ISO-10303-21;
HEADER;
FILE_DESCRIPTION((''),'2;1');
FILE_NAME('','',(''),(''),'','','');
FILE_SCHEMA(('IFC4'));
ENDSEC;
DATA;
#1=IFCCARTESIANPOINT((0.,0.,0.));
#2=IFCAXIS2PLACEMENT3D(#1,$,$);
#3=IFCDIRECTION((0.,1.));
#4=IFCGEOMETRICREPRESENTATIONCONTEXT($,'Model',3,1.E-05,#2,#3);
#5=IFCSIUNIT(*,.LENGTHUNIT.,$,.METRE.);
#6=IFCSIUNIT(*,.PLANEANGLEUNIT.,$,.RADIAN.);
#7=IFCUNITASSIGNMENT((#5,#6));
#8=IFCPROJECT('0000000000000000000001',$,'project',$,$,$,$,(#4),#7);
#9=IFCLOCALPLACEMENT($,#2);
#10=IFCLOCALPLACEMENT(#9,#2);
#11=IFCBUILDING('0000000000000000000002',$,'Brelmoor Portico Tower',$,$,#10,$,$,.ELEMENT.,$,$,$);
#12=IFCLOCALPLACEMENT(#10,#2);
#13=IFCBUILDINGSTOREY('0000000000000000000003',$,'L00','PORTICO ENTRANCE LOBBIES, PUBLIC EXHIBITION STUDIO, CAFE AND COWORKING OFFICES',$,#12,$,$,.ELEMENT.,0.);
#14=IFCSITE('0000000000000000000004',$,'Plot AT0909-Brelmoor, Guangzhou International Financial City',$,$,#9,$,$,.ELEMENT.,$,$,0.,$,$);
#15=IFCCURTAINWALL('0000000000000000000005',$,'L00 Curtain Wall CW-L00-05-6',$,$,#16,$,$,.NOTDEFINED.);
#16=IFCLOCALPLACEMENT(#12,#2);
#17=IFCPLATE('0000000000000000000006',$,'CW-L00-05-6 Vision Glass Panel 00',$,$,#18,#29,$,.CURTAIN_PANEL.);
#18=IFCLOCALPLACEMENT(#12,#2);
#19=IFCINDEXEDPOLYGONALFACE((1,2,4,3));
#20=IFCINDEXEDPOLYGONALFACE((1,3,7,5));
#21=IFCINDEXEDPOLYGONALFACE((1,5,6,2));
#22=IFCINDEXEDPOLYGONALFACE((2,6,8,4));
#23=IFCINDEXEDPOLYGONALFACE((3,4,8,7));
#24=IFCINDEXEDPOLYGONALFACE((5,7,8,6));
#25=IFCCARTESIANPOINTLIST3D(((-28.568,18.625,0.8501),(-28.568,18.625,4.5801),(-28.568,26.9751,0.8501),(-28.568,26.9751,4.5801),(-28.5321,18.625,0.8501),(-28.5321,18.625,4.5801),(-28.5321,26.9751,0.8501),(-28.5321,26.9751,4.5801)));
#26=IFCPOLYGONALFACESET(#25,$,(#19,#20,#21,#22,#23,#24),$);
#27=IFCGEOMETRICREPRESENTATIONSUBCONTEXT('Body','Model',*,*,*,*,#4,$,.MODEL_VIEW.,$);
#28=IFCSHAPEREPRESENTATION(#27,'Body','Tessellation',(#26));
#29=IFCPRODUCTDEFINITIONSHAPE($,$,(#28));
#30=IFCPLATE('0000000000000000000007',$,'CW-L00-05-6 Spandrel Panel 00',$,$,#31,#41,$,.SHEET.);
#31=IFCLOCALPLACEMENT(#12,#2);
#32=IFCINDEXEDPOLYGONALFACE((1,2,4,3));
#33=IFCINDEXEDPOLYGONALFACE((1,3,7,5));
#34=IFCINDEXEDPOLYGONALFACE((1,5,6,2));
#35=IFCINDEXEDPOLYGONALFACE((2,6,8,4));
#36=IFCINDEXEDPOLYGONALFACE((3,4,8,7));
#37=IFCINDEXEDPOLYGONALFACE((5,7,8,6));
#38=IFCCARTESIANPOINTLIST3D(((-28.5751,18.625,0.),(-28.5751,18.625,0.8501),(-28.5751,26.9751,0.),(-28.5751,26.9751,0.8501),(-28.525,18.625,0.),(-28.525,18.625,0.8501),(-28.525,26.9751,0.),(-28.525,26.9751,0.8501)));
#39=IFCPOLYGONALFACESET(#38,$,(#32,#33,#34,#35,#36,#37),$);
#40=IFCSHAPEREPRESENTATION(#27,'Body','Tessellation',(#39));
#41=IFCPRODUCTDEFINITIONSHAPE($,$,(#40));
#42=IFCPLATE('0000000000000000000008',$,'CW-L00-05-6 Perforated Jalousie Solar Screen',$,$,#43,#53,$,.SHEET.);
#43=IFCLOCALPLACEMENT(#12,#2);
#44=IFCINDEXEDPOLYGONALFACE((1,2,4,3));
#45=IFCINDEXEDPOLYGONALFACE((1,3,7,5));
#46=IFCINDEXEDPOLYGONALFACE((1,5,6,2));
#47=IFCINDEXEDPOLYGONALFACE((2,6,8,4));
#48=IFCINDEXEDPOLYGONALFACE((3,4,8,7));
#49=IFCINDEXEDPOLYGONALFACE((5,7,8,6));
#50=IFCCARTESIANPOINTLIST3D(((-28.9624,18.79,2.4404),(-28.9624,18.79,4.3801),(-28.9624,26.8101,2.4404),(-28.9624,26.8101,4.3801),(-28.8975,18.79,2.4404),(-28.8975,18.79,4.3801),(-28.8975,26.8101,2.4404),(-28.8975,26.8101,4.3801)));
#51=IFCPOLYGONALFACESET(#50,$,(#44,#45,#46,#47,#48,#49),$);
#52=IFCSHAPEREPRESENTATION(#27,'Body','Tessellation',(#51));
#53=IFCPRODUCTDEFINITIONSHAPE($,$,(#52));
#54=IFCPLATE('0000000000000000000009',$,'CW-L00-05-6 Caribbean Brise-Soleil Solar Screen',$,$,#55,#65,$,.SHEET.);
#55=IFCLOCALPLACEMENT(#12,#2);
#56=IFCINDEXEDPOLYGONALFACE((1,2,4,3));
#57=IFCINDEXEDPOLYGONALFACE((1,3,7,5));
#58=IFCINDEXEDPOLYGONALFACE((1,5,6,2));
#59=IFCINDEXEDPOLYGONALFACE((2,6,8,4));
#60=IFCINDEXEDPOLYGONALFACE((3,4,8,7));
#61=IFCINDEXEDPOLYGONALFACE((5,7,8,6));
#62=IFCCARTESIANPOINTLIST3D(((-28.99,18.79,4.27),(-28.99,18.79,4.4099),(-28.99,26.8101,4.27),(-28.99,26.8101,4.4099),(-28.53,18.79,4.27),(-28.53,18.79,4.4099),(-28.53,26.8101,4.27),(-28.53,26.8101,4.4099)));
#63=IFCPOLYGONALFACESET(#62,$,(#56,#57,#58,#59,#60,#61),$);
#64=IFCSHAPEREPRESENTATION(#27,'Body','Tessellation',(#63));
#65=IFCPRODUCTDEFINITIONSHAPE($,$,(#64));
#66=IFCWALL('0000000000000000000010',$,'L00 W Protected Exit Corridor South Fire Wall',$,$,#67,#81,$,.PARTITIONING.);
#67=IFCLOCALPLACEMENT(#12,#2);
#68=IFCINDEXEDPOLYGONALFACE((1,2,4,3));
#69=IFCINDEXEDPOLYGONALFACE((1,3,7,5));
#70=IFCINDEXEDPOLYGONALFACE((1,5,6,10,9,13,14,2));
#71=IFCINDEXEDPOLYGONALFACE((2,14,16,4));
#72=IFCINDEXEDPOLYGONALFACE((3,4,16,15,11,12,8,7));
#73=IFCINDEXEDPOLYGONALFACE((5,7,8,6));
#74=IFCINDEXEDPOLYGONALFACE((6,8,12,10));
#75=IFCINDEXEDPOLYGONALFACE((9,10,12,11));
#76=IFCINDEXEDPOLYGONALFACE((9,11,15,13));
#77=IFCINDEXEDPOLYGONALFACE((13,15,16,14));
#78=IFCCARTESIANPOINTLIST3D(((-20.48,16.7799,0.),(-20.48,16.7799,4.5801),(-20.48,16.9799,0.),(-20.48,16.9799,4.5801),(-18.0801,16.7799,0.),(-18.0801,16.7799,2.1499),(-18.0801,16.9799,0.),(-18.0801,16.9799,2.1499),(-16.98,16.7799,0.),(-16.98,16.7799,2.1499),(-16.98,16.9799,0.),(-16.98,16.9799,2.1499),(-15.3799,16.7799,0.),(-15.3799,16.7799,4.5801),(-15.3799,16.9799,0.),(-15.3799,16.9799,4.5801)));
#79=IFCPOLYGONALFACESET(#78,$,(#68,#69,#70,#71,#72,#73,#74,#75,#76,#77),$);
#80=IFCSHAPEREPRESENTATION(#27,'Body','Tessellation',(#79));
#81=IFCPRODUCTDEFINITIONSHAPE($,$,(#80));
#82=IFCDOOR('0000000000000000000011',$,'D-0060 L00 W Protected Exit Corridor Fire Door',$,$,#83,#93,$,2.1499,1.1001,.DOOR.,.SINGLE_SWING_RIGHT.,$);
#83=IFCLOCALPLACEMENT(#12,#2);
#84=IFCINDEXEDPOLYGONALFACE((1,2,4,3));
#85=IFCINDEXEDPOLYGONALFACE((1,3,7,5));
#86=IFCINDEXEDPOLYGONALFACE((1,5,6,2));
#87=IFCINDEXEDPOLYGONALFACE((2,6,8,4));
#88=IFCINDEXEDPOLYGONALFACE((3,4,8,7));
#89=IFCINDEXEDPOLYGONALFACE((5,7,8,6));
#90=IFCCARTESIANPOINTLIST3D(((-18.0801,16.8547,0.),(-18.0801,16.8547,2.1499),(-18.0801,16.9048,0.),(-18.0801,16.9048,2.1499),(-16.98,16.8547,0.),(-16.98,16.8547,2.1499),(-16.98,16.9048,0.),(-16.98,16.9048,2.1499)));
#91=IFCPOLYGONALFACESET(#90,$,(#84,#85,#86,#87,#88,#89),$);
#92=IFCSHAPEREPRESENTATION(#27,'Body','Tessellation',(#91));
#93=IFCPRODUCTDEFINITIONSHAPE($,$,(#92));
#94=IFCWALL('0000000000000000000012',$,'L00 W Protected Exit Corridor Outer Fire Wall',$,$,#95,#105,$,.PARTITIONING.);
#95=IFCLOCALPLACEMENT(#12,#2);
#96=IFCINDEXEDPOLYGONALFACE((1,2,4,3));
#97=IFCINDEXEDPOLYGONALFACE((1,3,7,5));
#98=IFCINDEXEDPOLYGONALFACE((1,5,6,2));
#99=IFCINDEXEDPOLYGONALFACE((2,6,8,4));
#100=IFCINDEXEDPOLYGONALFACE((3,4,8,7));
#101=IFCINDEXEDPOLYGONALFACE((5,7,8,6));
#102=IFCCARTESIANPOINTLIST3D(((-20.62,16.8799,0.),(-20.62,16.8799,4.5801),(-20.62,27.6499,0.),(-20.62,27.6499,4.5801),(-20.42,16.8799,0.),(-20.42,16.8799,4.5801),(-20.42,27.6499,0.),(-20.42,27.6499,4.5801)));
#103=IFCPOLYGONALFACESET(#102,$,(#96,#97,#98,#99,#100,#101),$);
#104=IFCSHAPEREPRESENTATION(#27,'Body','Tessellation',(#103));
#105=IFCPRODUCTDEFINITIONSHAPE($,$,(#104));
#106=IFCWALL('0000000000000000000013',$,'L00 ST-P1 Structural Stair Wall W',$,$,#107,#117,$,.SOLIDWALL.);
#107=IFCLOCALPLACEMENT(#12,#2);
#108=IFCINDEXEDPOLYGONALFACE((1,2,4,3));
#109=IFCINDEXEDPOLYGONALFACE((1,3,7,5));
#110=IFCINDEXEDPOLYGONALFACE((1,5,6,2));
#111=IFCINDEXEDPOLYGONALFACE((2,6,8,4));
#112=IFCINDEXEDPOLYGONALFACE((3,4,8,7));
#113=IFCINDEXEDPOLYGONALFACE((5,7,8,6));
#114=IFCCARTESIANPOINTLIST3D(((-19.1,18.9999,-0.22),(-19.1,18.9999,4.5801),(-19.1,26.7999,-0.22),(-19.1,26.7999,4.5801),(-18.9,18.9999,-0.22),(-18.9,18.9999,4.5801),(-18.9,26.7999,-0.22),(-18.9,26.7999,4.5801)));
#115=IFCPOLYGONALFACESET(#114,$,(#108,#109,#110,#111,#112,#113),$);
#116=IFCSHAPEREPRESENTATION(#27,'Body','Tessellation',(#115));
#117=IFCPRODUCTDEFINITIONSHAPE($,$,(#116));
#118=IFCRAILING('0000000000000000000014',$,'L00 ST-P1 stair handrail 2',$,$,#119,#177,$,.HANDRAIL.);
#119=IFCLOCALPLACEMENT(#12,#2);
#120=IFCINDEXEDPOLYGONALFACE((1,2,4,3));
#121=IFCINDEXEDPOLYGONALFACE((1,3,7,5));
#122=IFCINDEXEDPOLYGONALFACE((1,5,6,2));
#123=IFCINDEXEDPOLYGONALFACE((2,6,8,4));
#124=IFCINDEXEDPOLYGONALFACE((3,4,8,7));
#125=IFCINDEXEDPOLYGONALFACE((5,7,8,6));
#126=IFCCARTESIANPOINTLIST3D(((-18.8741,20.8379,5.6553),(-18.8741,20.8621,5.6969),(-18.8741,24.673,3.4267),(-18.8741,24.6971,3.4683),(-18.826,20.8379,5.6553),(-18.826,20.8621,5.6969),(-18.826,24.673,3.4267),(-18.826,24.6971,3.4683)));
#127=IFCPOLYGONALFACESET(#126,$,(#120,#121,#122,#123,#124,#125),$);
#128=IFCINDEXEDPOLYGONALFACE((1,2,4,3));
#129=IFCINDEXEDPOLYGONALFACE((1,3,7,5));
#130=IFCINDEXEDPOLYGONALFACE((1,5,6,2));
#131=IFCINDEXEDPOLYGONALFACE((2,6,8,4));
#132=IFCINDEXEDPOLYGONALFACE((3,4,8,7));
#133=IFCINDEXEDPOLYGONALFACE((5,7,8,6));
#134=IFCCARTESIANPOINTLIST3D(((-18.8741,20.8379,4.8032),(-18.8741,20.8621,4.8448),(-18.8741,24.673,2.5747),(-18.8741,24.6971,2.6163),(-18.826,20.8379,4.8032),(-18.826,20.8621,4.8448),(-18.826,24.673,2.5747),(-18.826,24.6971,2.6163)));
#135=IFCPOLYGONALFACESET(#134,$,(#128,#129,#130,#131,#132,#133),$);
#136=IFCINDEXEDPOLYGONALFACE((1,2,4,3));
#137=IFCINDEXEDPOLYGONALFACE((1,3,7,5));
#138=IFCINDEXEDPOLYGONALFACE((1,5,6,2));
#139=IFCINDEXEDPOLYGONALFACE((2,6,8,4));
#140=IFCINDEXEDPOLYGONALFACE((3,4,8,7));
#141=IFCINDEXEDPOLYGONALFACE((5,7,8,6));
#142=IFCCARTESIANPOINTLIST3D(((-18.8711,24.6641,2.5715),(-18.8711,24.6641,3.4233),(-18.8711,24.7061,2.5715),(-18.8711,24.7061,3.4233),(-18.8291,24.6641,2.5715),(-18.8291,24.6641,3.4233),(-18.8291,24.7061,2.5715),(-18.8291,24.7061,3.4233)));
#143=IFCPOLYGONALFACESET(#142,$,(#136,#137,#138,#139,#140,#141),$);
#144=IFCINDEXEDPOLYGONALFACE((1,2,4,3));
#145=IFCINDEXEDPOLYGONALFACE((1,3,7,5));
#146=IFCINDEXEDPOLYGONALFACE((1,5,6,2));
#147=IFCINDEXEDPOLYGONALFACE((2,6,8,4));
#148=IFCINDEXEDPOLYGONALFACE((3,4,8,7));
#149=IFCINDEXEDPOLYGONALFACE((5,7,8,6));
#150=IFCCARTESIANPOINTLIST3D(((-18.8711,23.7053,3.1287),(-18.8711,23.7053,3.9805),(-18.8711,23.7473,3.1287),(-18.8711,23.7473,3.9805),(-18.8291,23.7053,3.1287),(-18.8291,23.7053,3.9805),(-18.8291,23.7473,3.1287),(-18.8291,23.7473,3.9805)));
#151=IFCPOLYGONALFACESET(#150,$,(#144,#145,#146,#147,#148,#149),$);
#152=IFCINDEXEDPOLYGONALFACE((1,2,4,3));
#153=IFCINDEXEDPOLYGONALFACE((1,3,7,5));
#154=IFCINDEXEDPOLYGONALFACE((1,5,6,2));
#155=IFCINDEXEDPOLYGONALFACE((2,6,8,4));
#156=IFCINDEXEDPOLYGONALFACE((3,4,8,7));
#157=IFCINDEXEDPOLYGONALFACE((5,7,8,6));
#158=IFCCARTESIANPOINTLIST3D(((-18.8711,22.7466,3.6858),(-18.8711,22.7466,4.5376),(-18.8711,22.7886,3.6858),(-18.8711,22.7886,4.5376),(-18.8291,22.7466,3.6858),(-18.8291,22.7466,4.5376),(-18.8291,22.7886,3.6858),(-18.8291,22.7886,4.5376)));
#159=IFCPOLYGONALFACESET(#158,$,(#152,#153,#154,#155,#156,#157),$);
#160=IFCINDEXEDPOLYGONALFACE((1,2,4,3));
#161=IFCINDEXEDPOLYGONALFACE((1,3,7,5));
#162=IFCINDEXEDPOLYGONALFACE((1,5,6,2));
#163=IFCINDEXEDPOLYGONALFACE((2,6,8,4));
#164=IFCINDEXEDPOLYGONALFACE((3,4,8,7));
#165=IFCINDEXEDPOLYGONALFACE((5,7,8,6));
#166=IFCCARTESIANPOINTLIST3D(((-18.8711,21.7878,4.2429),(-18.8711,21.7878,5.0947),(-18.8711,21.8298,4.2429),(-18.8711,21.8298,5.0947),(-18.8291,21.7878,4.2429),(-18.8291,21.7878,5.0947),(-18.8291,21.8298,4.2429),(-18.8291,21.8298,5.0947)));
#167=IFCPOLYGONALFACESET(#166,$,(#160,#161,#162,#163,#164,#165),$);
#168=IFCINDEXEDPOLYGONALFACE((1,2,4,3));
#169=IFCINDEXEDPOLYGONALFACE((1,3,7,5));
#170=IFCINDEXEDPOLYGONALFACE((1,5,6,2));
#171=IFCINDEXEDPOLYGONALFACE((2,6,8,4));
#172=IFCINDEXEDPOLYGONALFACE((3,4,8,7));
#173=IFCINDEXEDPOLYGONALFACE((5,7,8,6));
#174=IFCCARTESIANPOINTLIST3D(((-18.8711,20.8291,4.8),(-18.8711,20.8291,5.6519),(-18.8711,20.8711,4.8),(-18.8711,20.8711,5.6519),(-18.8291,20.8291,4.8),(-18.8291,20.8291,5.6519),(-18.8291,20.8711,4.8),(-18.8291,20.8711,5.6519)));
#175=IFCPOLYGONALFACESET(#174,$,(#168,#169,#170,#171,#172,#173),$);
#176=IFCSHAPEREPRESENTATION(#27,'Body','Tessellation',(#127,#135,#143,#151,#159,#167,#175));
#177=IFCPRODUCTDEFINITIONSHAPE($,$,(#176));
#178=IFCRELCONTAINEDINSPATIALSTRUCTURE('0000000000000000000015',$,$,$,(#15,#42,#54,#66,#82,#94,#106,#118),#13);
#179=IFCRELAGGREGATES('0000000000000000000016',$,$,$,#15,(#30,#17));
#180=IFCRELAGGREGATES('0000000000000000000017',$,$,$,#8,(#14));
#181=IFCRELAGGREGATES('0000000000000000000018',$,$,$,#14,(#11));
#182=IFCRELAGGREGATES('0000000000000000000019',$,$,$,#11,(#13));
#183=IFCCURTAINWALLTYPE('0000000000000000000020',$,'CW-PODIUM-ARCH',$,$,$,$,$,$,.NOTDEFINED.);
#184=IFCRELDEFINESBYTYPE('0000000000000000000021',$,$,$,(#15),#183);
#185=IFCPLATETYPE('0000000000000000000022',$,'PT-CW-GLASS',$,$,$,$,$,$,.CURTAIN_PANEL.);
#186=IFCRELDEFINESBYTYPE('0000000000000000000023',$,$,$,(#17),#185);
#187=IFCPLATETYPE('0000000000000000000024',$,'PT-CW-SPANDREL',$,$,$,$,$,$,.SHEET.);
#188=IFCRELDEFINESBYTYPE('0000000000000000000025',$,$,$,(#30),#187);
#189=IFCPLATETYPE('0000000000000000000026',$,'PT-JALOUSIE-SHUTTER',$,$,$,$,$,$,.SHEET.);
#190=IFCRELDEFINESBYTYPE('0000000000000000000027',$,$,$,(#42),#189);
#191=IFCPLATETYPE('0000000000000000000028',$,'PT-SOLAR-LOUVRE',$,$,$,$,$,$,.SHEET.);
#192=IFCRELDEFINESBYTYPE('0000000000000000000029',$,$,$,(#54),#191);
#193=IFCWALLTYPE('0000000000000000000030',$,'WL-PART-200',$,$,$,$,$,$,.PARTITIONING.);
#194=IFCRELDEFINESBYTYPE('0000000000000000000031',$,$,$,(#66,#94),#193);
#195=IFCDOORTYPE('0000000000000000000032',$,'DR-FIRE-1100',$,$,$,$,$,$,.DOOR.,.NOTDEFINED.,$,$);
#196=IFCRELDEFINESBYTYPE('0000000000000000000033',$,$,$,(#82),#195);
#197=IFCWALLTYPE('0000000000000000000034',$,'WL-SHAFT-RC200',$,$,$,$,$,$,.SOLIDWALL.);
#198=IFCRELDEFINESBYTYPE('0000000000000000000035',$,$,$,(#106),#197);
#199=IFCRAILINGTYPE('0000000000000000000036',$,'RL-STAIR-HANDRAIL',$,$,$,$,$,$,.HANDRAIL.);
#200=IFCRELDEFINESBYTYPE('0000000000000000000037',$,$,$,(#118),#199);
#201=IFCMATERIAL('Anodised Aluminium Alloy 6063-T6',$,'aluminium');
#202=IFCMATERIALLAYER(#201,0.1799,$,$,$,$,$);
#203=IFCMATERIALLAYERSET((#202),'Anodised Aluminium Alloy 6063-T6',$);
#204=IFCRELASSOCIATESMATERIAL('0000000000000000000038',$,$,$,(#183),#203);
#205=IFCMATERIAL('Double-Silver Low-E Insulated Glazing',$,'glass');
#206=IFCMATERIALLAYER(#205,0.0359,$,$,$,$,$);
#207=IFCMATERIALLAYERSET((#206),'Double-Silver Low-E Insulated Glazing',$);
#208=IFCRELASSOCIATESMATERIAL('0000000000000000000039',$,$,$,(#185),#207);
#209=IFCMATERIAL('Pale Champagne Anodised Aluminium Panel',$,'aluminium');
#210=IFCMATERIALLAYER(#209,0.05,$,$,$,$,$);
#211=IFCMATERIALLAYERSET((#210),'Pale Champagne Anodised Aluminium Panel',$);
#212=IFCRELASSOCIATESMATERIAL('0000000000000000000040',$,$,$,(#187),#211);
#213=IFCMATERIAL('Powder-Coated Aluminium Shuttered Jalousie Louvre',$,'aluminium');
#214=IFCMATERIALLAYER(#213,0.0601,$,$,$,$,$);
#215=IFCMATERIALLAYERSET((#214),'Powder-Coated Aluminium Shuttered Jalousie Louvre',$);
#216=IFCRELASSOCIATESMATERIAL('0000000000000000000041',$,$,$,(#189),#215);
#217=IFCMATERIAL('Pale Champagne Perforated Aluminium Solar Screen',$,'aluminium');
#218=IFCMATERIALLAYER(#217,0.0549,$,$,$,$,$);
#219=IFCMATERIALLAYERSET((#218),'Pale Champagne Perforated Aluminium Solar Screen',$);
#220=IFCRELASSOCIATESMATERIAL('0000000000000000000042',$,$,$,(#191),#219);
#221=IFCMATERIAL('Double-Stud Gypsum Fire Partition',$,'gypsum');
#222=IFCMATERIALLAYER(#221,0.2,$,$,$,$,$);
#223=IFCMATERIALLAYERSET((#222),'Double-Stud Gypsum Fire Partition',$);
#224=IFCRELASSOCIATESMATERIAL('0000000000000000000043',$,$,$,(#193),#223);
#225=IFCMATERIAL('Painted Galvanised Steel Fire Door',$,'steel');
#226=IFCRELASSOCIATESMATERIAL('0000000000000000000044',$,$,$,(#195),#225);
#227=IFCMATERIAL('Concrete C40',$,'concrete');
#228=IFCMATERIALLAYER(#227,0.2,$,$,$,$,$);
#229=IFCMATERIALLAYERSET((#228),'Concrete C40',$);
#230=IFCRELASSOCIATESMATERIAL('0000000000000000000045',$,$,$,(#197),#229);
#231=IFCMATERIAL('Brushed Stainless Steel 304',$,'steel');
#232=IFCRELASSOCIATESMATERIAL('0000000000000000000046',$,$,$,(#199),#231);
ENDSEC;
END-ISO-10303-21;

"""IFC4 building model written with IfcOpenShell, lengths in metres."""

from ifc_helpers import new_model, si_unit, direction, frame, frame_2d, origin, origin_2d, place, context, subcontext, project, spatial, rectangle, extrude, material, layer, layer_set, type_object, element, fill, aggregate, save


model = new_model("IFC4")

# Units and contexts
model_context = context("Model", 3, precision=1e-05, world=origin(), true_north=direction((0.0, 1.0)))
body_context = subcontext(model_context, "Body", "Model", "MODEL_VIEW")
ifc_project = project(units=[si_unit("LENGTHUNIT", "METRE"), si_unit("PLANEANGLEUNIT", "RADIAN")], contexts=[model_context])

# Site, building, storey
site_placement = place(None, origin())
site = spatial("IfcSite", under=ifc_project, at=site_placement, Name="Plot AT0909-Brelmoor, Guangzhou International Financial City", CompositionType="ELEMENT", RefElevation=0.0)
building_placement = place(site_placement, origin())
building = spatial("IfcBuilding", under=site, at=building_placement, Name="Brelmoor Portico Tower", CompositionType="ELEMENT")
storey_placement = place(building_placement, origin())
storey = spatial("IfcBuildingStorey", under=building, at=storey_placement, Name="L00", Description="PORTICO ENTRANCE LOBBIES, PUBLIC EXHIBITION STUDIO, CAFE AND COWORKING OFFICES", CompositionType="ELEMENT", Elevation=0.0)

# Shared definitions
ifc_material_1 = material(Name="Anodised Aluminium Alloy 6063-T6", Category="aluminium")
ifc_layer_1 = layer(ifc_material_1, 0.1799)
ifc_layer_set_1 = layer_set([ifc_layer_1], Name="Anodised Aluminium Alloy 6063-T6")
curtain_wall_type = type_object("IfcCurtainWallType", Name="CW-PODIUM-ARCH", PredefinedType="NOTDEFINED", material=ifc_layer_set_1)

# Curtain wall
curtain_wall_1_placement = place(storey_placement, origin())
curtain_wall_1 = element("IfcCurtainWall", 1, at=curtain_wall_1_placement, inside=storey, type_object=curtain_wall_type, Name="L00 Curtain Wall CW-L00-05-6", PredefinedType="NOTDEFINED")

# Plates
ifc_material_2 = material(Name="Double-Silver Low-E Insulated Glazing", Category="glass")
ifc_layer_2 = layer(ifc_material_2, 0.0359)
ifc_layer_set_2 = layer_set([ifc_layer_2], Name="Double-Silver Low-E Insulated Glazing")
plate_type_1 = type_object("IfcPlateType", Name="PT-CW-GLASS", PredefinedType="CURTAIN_PANEL", material=ifc_layer_set_2)
plate_1_placement = place(storey_placement, frame((-28.55, 22.8, 0.8501), z_axis=(0.0, 0.0, 1.0), x_axis=(0.0, 1.0, 0.0)))
plate_1 = element("IfcPlate", 2, at=plate_1_placement, type_object=plate_type_1, Name="CW-L00-05-6 Vision Glass Panel 00", PredefinedType="CURTAIN_PANEL", context=body_context, shape_type="SweptSolid", body=[
    extrude(rectangle(XDim=8.3501, YDim=0.0359, at=origin_2d()), origin(), (0.0, 0.0, 1.0), 3.73),
])
ifc_material_3 = material(Name="Pale Champagne Anodised Aluminium Panel", Category="aluminium")
ifc_layer_3 = layer(ifc_material_3, 0.05)
ifc_layer_set_3 = layer_set([ifc_layer_3], Name="Pale Champagne Anodised Aluminium Panel")
plate_type_2 = type_object("IfcPlateType", Name="PT-CW-SPANDREL", PredefinedType="SHEET", material=ifc_layer_set_3)
plate_2_placement = place(storey_placement, frame((-28.55, 22.8, 0.0), z_axis=(0.0, 0.0, 1.0), x_axis=(0.0, 1.0, 0.0)))
plate_2 = element("IfcPlate", 3, at=plate_2_placement, type_object=plate_type_2, Name="CW-L00-05-6 Spandrel Panel 00", PredefinedType="SHEET", context=body_context, shape_type="SweptSolid", body=[
    extrude(rectangle(XDim=8.3501, YDim=0.05, at=origin_2d()), origin(), (0.0, 0.0, 1.0), 0.8501),
])
aggregate(curtain_wall_1, [plate_2, plate_1])

# Plates
ifc_material_4 = material(Name="Powder-Coated Aluminium Shuttered Jalousie Louvre", Category="aluminium")
ifc_layer_4 = layer(ifc_material_4, 0.0601)
ifc_layer_set_4 = layer_set([ifc_layer_4], Name="Powder-Coated Aluminium Shuttered Jalousie Louvre")
plate_type_3 = type_object("IfcPlateType", Name="PT-JALOUSIE-SHUTTER", PredefinedType="SHEET", material=ifc_layer_set_4)
plate_3_placement = place(storey_placement, frame((-28.9299, 22.8, 2.4404), z_axis=(0.0, 0.0, 1.0), x_axis=(0.0, 1.0, 0.0)))
element("IfcPlate", 4, at=plate_3_placement, inside=storey, type_object=plate_type_3, Name="CW-L00-05-6 Perforated Jalousie Solar Screen", PredefinedType="SHEET", context=body_context, shape_type="SweptSolid", body=[
    extrude(rectangle(XDim=8.02, YDim=0.0649, at=origin_2d()), origin(), (0.0, 0.0, 1.0), 1.9397),
])
ifc_material_5 = material(Name="Pale Champagne Perforated Aluminium Solar Screen", Category="aluminium")
ifc_layer_5 = layer(ifc_material_5, 0.0549)
ifc_layer_set_5 = layer_set([ifc_layer_5], Name="Pale Champagne Perforated Aluminium Solar Screen")
plate_type_4 = type_object("IfcPlateType", Name="PT-SOLAR-LOUVRE", PredefinedType="SHEET", material=ifc_layer_set_5)
plate_4_placement = place(storey_placement, frame((-28.76, 22.8, 4.27), z_axis=(0.0, 0.0, 1.0), x_axis=(0.0, 1.0, 0.0)))
element("IfcPlate", 5, at=plate_4_placement, inside=storey, type_object=plate_type_4, Name="CW-L00-05-6 Caribbean Brise-Soleil Solar Screen", PredefinedType="SHEET", context=body_context, shape_type="SweptSolid", body=[
    extrude(rectangle(XDim=8.02, YDim=0.46, at=origin_2d()), origin(), (0.0, 0.0, 1.0), 0.1399),
])

# Wall, opening, door
ifc_material_6 = material(Name="Double-Stud Gypsum Fire Partition", Category="gypsum")
ifc_layer_6 = layer(ifc_material_6, 0.2)
ifc_layer_set_6 = layer_set([ifc_layer_6], Name="Double-Stud Gypsum Fire Partition")
wall_type_1 = type_object("IfcWallType", Name="WL-PART-200", PredefinedType="PARTITIONING", material=ifc_layer_set_6)
wall_1_placement = place(storey_placement, frame((-20.48, 16.8799, 0.0), z_axis=(0.0, 0.0, 1.0), x_axis=(1.0, 0.0, 0.0)))
wall_1 = element("IfcWall", 6, at=wall_1_placement, inside=storey, type_object=wall_type_1, Name="L00 W Protected Exit Corridor South Fire Wall", PredefinedType="PARTITIONING", context=body_context, shape_type="SweptSolid", body=[
    extrude(rectangle(XDim=5.1001, YDim=0.2, at=frame_2d((2.55, 0.0))), origin(), (0.0, 0.0, 1.0), 4.5801),
])
opening_placement = place(wall_1_placement, frame((2.3999, 0.0, 0.0)))
opening = element("IfcOpeningElement", 7, at=opening_placement, cuts=wall_1, PredefinedType="OPENING", context=body_context, shape_type="SweptSolid", body=[
    extrude(rectangle(XDim=1.1001, YDim=2.1499, at=frame_2d((0.55, 1.075))), frame((0.0, 0.1099, 0.0), z_axis=(0.0, -1.0, 0.0), x_axis=(1.0, 0.0, 0.0)), (0.0, 0.0, 1.0), 0.22),
])
ifc_material_7 = material(Name="Painted Galvanised Steel Fire Door", Category="steel")
door_type = type_object("IfcDoorType", Name="DR-FIRE-1100", OperationType="NOTDEFINED", PredefinedType="DOOR", material=ifc_material_7)
door_placement = place(opening_placement, origin())
door = element("IfcDoor", 8, at=door_placement, inside=storey, type_object=door_type, Name="D-0060 L00 W Protected Exit Corridor Fire Door", OperationType="SINGLE_SWING_RIGHT", OverallHeight=2.1499, OverallWidth=1.1001, PredefinedType="DOOR", context=body_context, shape_type="SweptSolid", body=[
    extrude(rectangle(XDim=1.1001, YDim=2.1499, at=frame_2d((0.55, 1.075))), frame((0.0, 0.0249, 0.0), z_axis=(0.0, -1.0, 0.0), x_axis=(1.0, 0.0, 0.0)), (0.0, 0.0, 1.0), 0.05),
])
fill(opening, door)

# Walls
wall_2_placement = place(storey_placement, frame((-20.52, 16.8799, 0.0), z_axis=(0.0, 0.0, 1.0), x_axis=(0.0, 1.0, 0.0)))
element("IfcWall", 9, at=wall_2_placement, inside=storey, type_object=wall_type_1, Name="L00 W Protected Exit Corridor Outer Fire Wall", PredefinedType="PARTITIONING", context=body_context, shape_type="SweptSolid", body=[
    extrude(rectangle(XDim=10.77, YDim=0.2, at=frame_2d((5.385, 0.0))), origin(), (0.0, 0.0, 1.0), 4.5801),
])
ifc_material_8 = material(Name="Concrete C40", Category="concrete")
ifc_layer_7 = layer(ifc_material_8, 0.2)
ifc_layer_set_7 = layer_set([ifc_layer_7], Name="Concrete C40")
wall_type_2 = type_object("IfcWallType", Name="WL-SHAFT-RC200", PredefinedType="SOLIDWALL", material=ifc_layer_set_7)
wall_3_placement = place(storey_placement, frame((-19.0, 19.0, -0.22), z_axis=(0.0, 0.0, 1.0), x_axis=(0.0, 1.0, 0.0)))
element("IfcWall", 10, at=wall_3_placement, inside=storey, type_object=wall_type_2, Name="L00 ST-P1 Structural Stair Wall W", PredefinedType="SOLIDWALL", context=body_context, shape_type="SweptSolid", body=[
    extrude(rectangle(XDim=7.8, YDim=0.2, at=frame_2d((3.8999, 0.0))), origin(), (0.0, 0.0, 1.0), 4.8),
])

# Railing
ifc_material_9 = material(Name="Brushed Stainless Steel 304", Category="steel")
railing_type = type_object("IfcRailingType", Name="RL-STAIR-HANDRAIL", PredefinedType="HANDRAIL", material=ifc_material_9)
railing_placement = place(storey_placement, frame((-18.8501, 24.6851, 2.5715)))
element("IfcRailing", 11, at=railing_placement, inside=storey, type_object=railing_type, Name="L00 ST-P1 stair handrail 2", PredefinedType="HANDRAIL", context=body_context, shape_type="SweptSolid", body=[
    extrude(rectangle(XDim=0.0481, YDim=0.0481, at=origin_2d()), frame((0.0, 0.0, 0.876), z_axis=(0.0, -0.864616, 0.502433), x_axis=(1.0, 0.0, 0.0)), (0.0, 0.0, 1.0), 4.4355),
    extrude(rectangle(XDim=0.0481, YDim=0.0481, at=origin_2d()), frame((0.0, 0.0, 0.0239), z_axis=(0.0, -0.864616, 0.502433), x_axis=(1.0, 0.0, 0.0)), (0.0, 0.0, 1.0), 4.4355),
    extrude(rectangle(XDim=0.042, YDim=0.042, at=origin_2d()), origin(), (0.0, 0.0, 1.0), 0.8518),
    extrude(rectangle(XDim=0.042, YDim=0.042, at=origin_2d()), frame((0.0, -0.9587, 0.5571)), (0.0, 0.0, 1.0), 0.8518),
    extrude(rectangle(XDim=0.042, YDim=0.042, at=origin_2d()), frame((0.0, -1.9175, 1.1143)), (0.0, 0.0, 1.0), 0.8518),
    extrude(rectangle(XDim=0.042, YDim=0.042, at=origin_2d()), frame((0.0, -2.8762, 1.6714)), (0.0, 0.0, 1.0), 0.8518),
    extrude(rectangle(XDim=0.042, YDim=0.042, at=origin_2d()), frame((0.0, -3.835, 2.2285)), (0.0, 0.0, 1.0), 0.8518),
])

save(model, "model.ifc")
